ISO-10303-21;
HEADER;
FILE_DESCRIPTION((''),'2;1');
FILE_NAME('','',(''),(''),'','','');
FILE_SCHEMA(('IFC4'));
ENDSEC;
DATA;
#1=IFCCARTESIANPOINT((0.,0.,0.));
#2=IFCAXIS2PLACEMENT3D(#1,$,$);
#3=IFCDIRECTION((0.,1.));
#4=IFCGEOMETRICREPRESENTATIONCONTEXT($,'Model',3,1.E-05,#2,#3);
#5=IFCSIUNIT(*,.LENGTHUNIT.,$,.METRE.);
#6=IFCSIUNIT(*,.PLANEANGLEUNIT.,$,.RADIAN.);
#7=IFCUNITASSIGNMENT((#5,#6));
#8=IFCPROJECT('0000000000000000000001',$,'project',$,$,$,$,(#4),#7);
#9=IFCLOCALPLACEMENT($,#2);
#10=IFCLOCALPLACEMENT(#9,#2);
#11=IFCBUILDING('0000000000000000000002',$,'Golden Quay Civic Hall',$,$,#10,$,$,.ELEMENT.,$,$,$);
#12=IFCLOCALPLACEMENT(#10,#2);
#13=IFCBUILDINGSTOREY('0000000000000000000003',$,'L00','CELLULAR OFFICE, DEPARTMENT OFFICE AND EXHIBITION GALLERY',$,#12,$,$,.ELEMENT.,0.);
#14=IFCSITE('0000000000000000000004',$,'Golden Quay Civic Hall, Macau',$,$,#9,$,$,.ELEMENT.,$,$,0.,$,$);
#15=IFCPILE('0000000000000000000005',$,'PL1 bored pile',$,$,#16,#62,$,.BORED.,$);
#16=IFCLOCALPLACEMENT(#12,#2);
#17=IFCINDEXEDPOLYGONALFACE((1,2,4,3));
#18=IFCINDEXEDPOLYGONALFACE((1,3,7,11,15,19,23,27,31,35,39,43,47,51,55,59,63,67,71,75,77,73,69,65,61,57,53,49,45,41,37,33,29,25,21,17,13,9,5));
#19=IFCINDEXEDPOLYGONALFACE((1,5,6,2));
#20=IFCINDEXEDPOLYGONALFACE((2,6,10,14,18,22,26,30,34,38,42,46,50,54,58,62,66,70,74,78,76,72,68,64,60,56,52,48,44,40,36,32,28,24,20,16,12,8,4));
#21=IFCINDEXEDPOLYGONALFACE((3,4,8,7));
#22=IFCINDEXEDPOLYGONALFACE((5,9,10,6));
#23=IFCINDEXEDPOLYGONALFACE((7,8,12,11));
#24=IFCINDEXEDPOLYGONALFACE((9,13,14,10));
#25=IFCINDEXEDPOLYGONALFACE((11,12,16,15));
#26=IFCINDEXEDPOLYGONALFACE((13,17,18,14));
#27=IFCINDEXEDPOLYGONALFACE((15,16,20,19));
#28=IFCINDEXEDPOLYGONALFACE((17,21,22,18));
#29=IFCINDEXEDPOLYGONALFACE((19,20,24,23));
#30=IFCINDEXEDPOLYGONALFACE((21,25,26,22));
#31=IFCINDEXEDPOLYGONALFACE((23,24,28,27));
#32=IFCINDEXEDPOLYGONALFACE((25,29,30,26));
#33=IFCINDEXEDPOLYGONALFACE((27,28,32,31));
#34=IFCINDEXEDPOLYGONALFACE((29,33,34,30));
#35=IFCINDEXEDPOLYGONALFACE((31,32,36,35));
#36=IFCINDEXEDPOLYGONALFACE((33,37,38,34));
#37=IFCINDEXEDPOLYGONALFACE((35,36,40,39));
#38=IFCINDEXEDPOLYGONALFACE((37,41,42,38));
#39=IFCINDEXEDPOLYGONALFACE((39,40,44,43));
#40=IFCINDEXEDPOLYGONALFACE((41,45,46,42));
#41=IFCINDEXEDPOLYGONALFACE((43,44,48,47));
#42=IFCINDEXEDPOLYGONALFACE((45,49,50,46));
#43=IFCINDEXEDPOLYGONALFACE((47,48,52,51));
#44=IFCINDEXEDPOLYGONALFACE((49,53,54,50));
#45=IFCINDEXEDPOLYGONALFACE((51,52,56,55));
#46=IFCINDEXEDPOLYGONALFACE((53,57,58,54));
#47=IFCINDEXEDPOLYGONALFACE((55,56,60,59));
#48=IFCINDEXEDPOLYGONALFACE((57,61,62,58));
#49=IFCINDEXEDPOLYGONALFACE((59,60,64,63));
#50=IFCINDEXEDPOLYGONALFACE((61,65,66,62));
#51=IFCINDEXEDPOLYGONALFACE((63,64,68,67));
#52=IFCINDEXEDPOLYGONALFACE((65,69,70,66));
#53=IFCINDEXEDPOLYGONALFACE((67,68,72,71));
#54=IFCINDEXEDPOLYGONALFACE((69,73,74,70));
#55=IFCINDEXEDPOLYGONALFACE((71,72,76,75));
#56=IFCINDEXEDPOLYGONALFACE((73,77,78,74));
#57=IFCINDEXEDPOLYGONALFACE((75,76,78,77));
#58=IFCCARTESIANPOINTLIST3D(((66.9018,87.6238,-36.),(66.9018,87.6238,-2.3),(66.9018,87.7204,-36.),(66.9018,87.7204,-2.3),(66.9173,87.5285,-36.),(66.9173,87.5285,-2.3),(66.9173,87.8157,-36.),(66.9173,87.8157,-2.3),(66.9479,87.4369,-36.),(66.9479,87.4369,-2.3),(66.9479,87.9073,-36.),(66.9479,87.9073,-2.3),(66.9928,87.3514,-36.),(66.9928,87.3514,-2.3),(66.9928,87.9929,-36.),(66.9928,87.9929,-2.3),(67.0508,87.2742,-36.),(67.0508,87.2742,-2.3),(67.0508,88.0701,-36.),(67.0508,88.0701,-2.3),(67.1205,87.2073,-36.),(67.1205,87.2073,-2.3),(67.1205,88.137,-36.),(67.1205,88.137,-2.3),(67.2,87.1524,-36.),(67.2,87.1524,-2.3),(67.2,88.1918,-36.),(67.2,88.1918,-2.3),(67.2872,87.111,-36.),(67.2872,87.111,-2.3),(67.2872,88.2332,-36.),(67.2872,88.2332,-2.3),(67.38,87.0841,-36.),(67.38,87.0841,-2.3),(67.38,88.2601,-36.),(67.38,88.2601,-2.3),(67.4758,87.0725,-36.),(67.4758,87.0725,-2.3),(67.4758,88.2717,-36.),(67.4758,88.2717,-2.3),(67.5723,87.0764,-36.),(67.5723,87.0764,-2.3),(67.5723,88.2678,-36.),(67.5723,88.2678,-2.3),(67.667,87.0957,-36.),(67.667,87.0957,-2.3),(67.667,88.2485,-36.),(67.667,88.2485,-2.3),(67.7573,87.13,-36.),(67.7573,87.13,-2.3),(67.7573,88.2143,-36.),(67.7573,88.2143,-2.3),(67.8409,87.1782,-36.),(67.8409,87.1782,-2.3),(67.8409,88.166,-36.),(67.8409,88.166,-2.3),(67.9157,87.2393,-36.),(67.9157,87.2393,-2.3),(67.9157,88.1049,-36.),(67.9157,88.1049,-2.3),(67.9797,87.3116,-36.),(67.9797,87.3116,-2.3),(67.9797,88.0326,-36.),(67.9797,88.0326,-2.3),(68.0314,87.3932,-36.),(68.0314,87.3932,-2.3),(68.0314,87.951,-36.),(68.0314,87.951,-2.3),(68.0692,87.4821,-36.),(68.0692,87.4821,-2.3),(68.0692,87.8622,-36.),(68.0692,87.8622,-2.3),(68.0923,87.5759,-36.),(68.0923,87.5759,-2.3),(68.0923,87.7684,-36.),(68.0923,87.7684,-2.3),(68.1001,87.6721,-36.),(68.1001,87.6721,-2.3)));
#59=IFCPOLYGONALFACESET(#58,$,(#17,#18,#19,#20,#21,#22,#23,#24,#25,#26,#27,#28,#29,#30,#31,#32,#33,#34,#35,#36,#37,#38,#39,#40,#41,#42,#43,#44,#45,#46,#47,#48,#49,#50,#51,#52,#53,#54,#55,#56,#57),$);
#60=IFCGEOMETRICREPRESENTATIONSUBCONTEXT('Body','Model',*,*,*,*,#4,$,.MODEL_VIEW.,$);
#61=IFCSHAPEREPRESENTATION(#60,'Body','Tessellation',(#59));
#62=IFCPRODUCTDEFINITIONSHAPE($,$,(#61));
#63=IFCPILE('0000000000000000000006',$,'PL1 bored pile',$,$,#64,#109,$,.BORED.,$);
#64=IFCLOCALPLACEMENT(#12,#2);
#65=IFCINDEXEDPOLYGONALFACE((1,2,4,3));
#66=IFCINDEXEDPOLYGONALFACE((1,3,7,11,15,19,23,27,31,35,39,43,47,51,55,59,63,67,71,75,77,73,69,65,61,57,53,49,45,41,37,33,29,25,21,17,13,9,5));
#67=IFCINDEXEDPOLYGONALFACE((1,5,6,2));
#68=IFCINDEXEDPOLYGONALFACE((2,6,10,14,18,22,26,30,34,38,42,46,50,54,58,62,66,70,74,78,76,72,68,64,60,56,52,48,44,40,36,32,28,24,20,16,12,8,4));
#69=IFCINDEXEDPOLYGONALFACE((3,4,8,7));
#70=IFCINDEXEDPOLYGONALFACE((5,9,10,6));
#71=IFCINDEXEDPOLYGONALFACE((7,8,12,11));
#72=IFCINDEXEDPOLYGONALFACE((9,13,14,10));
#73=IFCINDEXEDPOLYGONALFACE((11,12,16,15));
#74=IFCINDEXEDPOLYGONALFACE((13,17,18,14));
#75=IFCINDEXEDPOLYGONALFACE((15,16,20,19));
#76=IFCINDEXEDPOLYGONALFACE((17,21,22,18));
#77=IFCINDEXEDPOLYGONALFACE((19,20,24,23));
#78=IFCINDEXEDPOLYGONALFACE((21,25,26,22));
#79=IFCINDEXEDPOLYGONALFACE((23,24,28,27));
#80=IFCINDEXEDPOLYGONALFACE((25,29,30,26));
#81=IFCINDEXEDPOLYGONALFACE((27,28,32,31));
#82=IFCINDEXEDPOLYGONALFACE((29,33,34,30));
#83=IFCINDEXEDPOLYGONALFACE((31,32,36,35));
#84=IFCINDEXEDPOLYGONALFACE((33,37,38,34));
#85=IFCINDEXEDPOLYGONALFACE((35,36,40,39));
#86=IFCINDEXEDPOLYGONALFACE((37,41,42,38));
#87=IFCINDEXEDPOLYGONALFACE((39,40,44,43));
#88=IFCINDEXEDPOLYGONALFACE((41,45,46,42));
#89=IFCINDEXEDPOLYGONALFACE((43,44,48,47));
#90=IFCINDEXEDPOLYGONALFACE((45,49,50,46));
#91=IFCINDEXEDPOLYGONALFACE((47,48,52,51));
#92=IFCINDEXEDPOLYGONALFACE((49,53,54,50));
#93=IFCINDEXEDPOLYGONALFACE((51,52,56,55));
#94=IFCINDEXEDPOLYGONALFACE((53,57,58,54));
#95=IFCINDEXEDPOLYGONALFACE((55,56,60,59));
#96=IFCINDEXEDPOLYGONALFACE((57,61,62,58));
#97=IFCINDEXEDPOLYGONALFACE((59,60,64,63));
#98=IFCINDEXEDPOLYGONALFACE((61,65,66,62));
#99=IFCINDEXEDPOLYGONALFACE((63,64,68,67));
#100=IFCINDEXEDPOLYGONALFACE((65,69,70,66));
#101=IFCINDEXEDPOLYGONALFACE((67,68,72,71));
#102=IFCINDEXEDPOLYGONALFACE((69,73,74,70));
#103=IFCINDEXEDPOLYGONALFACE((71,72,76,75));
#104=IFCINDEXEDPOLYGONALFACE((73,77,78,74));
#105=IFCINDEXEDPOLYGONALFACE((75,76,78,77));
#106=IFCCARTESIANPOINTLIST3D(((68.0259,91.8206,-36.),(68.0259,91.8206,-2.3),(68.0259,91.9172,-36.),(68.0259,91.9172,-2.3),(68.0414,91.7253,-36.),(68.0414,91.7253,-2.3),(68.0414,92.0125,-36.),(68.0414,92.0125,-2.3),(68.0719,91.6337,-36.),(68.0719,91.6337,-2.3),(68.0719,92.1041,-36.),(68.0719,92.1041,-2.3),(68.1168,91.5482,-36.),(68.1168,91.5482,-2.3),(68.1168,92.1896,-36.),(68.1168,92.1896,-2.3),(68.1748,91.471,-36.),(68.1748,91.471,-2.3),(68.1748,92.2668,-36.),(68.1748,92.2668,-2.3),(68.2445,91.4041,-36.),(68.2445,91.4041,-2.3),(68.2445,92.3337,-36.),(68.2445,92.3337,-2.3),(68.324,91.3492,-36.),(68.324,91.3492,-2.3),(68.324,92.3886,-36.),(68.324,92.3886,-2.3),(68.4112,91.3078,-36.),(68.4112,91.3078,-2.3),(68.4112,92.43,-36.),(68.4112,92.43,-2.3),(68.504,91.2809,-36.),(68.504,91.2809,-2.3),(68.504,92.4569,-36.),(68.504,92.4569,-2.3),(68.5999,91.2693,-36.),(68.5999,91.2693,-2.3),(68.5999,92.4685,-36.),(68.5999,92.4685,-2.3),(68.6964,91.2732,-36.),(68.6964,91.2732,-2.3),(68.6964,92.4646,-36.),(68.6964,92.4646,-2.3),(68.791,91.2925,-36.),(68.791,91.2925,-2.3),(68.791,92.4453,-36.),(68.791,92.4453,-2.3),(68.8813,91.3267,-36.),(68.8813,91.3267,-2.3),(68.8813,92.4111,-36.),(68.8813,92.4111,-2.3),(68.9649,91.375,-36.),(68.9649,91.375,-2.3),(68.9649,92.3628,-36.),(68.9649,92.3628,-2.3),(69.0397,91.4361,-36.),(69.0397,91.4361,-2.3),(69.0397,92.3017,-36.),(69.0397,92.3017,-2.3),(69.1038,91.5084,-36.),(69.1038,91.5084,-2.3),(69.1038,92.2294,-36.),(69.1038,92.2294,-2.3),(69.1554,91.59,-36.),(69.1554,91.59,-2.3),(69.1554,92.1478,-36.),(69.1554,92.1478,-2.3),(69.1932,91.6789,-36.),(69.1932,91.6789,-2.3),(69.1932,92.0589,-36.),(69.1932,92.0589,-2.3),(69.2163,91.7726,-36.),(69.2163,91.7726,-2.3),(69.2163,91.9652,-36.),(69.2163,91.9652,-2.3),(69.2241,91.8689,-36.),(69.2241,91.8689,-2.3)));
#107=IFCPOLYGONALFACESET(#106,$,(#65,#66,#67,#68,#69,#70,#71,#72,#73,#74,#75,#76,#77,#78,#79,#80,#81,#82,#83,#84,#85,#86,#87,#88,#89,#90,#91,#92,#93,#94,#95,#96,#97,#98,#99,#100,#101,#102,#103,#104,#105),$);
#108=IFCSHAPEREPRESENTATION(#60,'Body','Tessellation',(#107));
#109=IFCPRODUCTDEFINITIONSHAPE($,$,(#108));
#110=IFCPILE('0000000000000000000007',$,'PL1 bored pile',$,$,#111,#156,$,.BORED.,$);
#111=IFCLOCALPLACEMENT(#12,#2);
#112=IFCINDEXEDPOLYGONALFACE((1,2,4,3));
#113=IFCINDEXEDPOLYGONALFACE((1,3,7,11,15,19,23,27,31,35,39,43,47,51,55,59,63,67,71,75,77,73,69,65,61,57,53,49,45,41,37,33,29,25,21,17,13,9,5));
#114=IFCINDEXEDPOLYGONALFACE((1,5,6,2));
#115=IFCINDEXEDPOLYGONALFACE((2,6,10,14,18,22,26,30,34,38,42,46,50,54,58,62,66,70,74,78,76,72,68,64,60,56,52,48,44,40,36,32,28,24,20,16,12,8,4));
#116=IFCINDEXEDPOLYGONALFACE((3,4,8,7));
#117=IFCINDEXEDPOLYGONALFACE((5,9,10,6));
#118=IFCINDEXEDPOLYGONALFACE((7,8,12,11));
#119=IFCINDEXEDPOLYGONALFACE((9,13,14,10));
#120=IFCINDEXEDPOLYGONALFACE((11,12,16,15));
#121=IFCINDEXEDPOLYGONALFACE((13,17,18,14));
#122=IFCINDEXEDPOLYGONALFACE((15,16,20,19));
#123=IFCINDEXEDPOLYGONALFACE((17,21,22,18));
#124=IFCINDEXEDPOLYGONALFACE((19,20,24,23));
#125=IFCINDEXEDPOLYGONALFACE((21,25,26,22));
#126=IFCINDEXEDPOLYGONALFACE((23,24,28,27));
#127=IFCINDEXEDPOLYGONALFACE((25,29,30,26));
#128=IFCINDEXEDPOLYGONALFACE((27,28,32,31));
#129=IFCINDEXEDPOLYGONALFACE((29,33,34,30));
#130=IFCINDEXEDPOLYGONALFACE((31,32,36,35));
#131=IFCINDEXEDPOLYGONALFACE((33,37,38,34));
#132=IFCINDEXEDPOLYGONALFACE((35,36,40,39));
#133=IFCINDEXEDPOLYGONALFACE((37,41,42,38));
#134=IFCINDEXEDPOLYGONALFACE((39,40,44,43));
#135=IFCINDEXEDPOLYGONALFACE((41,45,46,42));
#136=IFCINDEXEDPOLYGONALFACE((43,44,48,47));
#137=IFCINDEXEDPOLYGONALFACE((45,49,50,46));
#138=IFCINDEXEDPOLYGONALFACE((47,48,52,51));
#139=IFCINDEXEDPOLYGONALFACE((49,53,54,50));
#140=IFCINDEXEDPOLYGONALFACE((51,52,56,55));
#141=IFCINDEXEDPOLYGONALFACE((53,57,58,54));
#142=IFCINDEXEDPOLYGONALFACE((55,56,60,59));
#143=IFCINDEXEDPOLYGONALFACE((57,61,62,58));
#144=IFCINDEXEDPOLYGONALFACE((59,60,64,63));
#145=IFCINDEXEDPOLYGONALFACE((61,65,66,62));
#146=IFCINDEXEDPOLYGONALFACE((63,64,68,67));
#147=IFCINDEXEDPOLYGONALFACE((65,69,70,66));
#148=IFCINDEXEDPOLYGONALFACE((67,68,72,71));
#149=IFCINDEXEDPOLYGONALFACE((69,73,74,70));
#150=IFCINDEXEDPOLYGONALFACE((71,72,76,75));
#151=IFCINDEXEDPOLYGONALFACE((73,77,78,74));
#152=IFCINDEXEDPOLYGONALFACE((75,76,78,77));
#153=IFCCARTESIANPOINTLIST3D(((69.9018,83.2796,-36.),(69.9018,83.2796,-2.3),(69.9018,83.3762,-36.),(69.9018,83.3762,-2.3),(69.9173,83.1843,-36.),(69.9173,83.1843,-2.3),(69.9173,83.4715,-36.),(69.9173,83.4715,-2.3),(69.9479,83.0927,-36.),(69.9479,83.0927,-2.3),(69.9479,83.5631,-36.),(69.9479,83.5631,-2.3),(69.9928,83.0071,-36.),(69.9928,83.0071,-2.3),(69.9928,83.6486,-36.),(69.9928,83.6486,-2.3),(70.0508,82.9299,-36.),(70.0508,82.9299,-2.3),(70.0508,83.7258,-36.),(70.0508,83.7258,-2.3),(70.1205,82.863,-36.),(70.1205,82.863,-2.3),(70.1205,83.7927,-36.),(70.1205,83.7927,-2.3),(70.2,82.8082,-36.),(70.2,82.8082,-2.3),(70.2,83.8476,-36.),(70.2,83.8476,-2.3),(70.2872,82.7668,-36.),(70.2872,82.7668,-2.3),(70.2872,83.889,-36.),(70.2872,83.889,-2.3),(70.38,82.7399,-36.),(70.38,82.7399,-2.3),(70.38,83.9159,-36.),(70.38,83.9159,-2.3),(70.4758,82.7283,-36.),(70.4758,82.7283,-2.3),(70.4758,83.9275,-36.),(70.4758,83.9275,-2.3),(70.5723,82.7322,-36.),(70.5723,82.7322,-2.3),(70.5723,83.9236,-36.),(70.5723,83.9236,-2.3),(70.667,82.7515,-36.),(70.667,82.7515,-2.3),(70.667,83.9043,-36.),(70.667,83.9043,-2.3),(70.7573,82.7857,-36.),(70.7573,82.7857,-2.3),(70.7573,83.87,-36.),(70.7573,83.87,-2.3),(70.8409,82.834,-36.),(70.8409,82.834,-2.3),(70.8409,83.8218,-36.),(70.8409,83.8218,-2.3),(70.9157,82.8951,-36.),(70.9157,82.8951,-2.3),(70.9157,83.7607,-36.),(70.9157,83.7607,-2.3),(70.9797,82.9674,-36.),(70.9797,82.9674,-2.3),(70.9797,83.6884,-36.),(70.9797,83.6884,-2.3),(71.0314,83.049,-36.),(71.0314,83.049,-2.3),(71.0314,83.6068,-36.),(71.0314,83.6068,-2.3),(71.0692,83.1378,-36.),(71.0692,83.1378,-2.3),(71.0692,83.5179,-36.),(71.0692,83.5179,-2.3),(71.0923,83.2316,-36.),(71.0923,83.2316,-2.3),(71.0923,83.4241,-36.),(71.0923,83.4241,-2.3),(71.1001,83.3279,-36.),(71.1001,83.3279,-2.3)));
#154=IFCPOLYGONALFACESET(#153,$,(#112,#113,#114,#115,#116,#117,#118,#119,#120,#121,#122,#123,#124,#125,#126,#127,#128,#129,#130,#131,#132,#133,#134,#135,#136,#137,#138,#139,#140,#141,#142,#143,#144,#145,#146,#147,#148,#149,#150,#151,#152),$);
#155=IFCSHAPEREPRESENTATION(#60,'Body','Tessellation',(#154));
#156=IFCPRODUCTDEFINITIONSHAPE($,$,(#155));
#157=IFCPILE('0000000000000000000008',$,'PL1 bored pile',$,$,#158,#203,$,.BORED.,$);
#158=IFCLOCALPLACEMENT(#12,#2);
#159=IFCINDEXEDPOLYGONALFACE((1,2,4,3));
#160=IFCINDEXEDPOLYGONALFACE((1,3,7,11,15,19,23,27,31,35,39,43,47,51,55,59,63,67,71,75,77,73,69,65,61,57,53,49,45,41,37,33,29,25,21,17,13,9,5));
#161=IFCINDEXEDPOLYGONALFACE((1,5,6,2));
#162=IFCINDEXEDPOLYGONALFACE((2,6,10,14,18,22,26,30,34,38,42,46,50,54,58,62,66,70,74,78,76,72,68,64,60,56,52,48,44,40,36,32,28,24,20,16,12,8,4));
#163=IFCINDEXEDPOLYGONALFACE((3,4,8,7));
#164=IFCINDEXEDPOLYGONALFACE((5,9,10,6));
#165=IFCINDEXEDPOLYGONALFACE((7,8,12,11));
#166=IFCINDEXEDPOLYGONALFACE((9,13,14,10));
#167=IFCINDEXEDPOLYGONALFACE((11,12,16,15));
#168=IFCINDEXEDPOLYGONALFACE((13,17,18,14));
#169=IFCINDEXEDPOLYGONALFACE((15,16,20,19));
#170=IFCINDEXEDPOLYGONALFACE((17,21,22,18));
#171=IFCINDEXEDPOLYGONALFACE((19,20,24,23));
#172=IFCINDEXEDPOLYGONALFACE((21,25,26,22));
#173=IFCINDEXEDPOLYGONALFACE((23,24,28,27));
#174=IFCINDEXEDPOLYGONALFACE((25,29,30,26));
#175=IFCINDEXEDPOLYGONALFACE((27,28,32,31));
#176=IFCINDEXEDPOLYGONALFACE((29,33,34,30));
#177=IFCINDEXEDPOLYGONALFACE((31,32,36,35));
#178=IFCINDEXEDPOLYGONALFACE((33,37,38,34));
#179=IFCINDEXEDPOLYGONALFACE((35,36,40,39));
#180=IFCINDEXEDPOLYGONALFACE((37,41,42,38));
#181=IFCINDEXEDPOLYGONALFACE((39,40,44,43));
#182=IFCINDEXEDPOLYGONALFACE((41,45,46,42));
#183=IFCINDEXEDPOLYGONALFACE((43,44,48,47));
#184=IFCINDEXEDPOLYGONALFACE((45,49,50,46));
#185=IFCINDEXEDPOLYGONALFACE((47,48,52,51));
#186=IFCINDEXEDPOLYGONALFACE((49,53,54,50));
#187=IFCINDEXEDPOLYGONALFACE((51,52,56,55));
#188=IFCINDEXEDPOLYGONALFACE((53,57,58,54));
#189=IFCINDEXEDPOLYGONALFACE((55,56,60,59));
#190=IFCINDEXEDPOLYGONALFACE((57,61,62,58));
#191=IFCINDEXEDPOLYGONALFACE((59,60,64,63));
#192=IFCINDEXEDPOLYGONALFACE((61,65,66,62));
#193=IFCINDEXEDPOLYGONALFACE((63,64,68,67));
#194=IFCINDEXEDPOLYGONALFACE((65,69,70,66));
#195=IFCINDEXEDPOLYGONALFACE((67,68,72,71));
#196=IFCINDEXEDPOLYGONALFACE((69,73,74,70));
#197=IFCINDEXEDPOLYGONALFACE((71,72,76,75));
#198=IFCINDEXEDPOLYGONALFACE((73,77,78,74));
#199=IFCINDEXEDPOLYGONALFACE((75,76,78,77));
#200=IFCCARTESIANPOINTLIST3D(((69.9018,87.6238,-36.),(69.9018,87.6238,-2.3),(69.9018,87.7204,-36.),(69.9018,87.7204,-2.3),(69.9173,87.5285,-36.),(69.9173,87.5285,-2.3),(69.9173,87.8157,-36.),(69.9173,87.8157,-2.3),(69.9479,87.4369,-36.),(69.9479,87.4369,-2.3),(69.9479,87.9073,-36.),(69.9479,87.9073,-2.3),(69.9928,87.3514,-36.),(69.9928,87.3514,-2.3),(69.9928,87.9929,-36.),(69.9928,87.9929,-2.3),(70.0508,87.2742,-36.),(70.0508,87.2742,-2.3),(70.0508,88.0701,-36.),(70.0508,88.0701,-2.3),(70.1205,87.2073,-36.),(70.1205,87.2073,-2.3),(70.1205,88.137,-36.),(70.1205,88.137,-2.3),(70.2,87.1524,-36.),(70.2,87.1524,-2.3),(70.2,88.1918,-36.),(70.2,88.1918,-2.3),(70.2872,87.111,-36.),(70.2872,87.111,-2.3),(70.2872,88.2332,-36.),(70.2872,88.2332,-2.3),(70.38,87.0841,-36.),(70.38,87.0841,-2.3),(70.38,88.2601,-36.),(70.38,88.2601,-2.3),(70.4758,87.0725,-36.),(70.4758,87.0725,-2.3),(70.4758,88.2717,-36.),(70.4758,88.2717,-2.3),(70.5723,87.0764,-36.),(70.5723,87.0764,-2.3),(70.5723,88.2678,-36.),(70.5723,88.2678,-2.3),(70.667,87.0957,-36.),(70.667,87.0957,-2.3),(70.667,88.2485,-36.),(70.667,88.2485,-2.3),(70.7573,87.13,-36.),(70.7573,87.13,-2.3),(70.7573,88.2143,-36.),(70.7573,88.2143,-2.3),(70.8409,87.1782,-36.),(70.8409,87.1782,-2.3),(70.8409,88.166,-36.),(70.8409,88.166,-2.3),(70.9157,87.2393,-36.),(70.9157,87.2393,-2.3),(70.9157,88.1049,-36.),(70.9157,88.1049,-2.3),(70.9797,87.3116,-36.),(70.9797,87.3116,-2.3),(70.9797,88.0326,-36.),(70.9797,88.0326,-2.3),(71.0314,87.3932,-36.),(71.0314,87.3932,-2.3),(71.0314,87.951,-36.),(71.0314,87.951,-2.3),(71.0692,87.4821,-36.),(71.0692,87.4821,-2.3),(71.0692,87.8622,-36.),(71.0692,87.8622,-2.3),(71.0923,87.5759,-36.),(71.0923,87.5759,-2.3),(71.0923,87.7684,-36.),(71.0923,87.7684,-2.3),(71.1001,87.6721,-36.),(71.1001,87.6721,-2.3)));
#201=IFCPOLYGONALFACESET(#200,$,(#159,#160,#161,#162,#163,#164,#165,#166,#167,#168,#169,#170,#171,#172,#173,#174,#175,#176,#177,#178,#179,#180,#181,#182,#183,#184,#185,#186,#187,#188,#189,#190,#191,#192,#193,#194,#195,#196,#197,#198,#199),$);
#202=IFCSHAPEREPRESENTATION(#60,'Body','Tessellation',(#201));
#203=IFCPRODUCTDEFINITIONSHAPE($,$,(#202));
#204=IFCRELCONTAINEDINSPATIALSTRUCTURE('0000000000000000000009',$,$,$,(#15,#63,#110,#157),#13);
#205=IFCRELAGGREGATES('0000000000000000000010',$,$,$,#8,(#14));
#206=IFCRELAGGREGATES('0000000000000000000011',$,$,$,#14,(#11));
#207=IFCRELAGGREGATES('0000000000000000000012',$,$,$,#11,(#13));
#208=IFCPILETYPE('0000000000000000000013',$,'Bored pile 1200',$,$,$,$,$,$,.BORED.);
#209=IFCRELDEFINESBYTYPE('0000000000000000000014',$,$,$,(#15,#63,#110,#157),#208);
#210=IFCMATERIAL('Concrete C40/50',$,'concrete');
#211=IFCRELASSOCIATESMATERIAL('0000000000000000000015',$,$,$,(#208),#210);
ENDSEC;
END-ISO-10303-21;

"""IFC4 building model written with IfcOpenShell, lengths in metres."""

from ifc_helpers import new_model, si_unit, direction, frame, origin, origin_2d, place, context, subcontext, project, spatial, circle, extrude, material, material_profile, profile_set, type_object, element, save


model = new_model("IFC4")

# Units and contexts
model_context = context("Model", 3, precision=1e-05, world=origin(), true_north=direction((0.0, 1.0)))
body_context = subcontext(model_context, "Body", "Model", "MODEL_VIEW")
ifc_project = project(units=[si_unit("LENGTHUNIT", "METRE"), si_unit("PLANEANGLEUNIT", "RADIAN")], contexts=[model_context])

# Site, building, storey
site_placement = place(None, origin())
site = spatial("IfcSite", under=ifc_project, at=site_placement, Name="Golden Quay Civic Hall, Macau", CompositionType="ELEMENT", RefElevation=0.0)
building_placement = place(site_placement, origin())
building = spatial("IfcBuilding", under=site, at=building_placement, Name="Golden Quay Civic Hall", CompositionType="ELEMENT")
storey_placement = place(building_placement, origin())
storey = spatial("IfcBuildingStorey", under=building, at=storey_placement, Name="L00", Description="CELLULAR OFFICE, DEPARTMENT OFFICE AND EXHIBITION GALLERY", CompositionType="ELEMENT", Elevation=0.0)

# Piles
ifc_material_1 = material(Name="Concrete C40/50", Category="concrete")
ifc_material_profile_1 = material_profile(ifc_material_1, circle(Radius=0.6001, at=origin_2d()), Name="RC D1200")
ifc_profile_set_1 = profile_set([ifc_material_profile_1], Name="Concrete C40/50")
pile_type = type_object("IfcPileType", Name="Bored pile 1200", PredefinedType="BORED", material=ifc_profile_set_1)
for number, where, z_axis, x_axis, name in (
    (1, (67.5, 87.6721, -2.3), (0.0, 0.0, -1.0), (1.0, 0.0, 0.0), "PL1 bored pile"),
    (2, (68.624, 91.8689, -2.3), (0.0, 0.0, -1.0), (1.0, 0.0, 0.0), "PL1 bored pile"),
    (3, (70.5, 83.3279, -2.3), (0.0, 0.0, -1.0), (1.0, 0.0, 0.0), "PL1 bored pile"),
    (4, (70.5, 87.6721, -2.3), (0.0, 0.0, -1.0), (1.0, 0.0, 0.0), "PL1 bored pile"),
):
    element("IfcPile", number, at=place(storey_placement, frame(where, z_axis=z_axis, x_axis=x_axis)), inside=storey, type_object=pile_type, Name=name, PredefinedType="BORED", context=body_context, shape_type="SweptSolid", body=[
        extrude(circle(Radius=0.6001, at=origin_2d()), origin(), (0.0, 0.0, 1.0), 33.7),
    ])

save(model, "model.ifc")
